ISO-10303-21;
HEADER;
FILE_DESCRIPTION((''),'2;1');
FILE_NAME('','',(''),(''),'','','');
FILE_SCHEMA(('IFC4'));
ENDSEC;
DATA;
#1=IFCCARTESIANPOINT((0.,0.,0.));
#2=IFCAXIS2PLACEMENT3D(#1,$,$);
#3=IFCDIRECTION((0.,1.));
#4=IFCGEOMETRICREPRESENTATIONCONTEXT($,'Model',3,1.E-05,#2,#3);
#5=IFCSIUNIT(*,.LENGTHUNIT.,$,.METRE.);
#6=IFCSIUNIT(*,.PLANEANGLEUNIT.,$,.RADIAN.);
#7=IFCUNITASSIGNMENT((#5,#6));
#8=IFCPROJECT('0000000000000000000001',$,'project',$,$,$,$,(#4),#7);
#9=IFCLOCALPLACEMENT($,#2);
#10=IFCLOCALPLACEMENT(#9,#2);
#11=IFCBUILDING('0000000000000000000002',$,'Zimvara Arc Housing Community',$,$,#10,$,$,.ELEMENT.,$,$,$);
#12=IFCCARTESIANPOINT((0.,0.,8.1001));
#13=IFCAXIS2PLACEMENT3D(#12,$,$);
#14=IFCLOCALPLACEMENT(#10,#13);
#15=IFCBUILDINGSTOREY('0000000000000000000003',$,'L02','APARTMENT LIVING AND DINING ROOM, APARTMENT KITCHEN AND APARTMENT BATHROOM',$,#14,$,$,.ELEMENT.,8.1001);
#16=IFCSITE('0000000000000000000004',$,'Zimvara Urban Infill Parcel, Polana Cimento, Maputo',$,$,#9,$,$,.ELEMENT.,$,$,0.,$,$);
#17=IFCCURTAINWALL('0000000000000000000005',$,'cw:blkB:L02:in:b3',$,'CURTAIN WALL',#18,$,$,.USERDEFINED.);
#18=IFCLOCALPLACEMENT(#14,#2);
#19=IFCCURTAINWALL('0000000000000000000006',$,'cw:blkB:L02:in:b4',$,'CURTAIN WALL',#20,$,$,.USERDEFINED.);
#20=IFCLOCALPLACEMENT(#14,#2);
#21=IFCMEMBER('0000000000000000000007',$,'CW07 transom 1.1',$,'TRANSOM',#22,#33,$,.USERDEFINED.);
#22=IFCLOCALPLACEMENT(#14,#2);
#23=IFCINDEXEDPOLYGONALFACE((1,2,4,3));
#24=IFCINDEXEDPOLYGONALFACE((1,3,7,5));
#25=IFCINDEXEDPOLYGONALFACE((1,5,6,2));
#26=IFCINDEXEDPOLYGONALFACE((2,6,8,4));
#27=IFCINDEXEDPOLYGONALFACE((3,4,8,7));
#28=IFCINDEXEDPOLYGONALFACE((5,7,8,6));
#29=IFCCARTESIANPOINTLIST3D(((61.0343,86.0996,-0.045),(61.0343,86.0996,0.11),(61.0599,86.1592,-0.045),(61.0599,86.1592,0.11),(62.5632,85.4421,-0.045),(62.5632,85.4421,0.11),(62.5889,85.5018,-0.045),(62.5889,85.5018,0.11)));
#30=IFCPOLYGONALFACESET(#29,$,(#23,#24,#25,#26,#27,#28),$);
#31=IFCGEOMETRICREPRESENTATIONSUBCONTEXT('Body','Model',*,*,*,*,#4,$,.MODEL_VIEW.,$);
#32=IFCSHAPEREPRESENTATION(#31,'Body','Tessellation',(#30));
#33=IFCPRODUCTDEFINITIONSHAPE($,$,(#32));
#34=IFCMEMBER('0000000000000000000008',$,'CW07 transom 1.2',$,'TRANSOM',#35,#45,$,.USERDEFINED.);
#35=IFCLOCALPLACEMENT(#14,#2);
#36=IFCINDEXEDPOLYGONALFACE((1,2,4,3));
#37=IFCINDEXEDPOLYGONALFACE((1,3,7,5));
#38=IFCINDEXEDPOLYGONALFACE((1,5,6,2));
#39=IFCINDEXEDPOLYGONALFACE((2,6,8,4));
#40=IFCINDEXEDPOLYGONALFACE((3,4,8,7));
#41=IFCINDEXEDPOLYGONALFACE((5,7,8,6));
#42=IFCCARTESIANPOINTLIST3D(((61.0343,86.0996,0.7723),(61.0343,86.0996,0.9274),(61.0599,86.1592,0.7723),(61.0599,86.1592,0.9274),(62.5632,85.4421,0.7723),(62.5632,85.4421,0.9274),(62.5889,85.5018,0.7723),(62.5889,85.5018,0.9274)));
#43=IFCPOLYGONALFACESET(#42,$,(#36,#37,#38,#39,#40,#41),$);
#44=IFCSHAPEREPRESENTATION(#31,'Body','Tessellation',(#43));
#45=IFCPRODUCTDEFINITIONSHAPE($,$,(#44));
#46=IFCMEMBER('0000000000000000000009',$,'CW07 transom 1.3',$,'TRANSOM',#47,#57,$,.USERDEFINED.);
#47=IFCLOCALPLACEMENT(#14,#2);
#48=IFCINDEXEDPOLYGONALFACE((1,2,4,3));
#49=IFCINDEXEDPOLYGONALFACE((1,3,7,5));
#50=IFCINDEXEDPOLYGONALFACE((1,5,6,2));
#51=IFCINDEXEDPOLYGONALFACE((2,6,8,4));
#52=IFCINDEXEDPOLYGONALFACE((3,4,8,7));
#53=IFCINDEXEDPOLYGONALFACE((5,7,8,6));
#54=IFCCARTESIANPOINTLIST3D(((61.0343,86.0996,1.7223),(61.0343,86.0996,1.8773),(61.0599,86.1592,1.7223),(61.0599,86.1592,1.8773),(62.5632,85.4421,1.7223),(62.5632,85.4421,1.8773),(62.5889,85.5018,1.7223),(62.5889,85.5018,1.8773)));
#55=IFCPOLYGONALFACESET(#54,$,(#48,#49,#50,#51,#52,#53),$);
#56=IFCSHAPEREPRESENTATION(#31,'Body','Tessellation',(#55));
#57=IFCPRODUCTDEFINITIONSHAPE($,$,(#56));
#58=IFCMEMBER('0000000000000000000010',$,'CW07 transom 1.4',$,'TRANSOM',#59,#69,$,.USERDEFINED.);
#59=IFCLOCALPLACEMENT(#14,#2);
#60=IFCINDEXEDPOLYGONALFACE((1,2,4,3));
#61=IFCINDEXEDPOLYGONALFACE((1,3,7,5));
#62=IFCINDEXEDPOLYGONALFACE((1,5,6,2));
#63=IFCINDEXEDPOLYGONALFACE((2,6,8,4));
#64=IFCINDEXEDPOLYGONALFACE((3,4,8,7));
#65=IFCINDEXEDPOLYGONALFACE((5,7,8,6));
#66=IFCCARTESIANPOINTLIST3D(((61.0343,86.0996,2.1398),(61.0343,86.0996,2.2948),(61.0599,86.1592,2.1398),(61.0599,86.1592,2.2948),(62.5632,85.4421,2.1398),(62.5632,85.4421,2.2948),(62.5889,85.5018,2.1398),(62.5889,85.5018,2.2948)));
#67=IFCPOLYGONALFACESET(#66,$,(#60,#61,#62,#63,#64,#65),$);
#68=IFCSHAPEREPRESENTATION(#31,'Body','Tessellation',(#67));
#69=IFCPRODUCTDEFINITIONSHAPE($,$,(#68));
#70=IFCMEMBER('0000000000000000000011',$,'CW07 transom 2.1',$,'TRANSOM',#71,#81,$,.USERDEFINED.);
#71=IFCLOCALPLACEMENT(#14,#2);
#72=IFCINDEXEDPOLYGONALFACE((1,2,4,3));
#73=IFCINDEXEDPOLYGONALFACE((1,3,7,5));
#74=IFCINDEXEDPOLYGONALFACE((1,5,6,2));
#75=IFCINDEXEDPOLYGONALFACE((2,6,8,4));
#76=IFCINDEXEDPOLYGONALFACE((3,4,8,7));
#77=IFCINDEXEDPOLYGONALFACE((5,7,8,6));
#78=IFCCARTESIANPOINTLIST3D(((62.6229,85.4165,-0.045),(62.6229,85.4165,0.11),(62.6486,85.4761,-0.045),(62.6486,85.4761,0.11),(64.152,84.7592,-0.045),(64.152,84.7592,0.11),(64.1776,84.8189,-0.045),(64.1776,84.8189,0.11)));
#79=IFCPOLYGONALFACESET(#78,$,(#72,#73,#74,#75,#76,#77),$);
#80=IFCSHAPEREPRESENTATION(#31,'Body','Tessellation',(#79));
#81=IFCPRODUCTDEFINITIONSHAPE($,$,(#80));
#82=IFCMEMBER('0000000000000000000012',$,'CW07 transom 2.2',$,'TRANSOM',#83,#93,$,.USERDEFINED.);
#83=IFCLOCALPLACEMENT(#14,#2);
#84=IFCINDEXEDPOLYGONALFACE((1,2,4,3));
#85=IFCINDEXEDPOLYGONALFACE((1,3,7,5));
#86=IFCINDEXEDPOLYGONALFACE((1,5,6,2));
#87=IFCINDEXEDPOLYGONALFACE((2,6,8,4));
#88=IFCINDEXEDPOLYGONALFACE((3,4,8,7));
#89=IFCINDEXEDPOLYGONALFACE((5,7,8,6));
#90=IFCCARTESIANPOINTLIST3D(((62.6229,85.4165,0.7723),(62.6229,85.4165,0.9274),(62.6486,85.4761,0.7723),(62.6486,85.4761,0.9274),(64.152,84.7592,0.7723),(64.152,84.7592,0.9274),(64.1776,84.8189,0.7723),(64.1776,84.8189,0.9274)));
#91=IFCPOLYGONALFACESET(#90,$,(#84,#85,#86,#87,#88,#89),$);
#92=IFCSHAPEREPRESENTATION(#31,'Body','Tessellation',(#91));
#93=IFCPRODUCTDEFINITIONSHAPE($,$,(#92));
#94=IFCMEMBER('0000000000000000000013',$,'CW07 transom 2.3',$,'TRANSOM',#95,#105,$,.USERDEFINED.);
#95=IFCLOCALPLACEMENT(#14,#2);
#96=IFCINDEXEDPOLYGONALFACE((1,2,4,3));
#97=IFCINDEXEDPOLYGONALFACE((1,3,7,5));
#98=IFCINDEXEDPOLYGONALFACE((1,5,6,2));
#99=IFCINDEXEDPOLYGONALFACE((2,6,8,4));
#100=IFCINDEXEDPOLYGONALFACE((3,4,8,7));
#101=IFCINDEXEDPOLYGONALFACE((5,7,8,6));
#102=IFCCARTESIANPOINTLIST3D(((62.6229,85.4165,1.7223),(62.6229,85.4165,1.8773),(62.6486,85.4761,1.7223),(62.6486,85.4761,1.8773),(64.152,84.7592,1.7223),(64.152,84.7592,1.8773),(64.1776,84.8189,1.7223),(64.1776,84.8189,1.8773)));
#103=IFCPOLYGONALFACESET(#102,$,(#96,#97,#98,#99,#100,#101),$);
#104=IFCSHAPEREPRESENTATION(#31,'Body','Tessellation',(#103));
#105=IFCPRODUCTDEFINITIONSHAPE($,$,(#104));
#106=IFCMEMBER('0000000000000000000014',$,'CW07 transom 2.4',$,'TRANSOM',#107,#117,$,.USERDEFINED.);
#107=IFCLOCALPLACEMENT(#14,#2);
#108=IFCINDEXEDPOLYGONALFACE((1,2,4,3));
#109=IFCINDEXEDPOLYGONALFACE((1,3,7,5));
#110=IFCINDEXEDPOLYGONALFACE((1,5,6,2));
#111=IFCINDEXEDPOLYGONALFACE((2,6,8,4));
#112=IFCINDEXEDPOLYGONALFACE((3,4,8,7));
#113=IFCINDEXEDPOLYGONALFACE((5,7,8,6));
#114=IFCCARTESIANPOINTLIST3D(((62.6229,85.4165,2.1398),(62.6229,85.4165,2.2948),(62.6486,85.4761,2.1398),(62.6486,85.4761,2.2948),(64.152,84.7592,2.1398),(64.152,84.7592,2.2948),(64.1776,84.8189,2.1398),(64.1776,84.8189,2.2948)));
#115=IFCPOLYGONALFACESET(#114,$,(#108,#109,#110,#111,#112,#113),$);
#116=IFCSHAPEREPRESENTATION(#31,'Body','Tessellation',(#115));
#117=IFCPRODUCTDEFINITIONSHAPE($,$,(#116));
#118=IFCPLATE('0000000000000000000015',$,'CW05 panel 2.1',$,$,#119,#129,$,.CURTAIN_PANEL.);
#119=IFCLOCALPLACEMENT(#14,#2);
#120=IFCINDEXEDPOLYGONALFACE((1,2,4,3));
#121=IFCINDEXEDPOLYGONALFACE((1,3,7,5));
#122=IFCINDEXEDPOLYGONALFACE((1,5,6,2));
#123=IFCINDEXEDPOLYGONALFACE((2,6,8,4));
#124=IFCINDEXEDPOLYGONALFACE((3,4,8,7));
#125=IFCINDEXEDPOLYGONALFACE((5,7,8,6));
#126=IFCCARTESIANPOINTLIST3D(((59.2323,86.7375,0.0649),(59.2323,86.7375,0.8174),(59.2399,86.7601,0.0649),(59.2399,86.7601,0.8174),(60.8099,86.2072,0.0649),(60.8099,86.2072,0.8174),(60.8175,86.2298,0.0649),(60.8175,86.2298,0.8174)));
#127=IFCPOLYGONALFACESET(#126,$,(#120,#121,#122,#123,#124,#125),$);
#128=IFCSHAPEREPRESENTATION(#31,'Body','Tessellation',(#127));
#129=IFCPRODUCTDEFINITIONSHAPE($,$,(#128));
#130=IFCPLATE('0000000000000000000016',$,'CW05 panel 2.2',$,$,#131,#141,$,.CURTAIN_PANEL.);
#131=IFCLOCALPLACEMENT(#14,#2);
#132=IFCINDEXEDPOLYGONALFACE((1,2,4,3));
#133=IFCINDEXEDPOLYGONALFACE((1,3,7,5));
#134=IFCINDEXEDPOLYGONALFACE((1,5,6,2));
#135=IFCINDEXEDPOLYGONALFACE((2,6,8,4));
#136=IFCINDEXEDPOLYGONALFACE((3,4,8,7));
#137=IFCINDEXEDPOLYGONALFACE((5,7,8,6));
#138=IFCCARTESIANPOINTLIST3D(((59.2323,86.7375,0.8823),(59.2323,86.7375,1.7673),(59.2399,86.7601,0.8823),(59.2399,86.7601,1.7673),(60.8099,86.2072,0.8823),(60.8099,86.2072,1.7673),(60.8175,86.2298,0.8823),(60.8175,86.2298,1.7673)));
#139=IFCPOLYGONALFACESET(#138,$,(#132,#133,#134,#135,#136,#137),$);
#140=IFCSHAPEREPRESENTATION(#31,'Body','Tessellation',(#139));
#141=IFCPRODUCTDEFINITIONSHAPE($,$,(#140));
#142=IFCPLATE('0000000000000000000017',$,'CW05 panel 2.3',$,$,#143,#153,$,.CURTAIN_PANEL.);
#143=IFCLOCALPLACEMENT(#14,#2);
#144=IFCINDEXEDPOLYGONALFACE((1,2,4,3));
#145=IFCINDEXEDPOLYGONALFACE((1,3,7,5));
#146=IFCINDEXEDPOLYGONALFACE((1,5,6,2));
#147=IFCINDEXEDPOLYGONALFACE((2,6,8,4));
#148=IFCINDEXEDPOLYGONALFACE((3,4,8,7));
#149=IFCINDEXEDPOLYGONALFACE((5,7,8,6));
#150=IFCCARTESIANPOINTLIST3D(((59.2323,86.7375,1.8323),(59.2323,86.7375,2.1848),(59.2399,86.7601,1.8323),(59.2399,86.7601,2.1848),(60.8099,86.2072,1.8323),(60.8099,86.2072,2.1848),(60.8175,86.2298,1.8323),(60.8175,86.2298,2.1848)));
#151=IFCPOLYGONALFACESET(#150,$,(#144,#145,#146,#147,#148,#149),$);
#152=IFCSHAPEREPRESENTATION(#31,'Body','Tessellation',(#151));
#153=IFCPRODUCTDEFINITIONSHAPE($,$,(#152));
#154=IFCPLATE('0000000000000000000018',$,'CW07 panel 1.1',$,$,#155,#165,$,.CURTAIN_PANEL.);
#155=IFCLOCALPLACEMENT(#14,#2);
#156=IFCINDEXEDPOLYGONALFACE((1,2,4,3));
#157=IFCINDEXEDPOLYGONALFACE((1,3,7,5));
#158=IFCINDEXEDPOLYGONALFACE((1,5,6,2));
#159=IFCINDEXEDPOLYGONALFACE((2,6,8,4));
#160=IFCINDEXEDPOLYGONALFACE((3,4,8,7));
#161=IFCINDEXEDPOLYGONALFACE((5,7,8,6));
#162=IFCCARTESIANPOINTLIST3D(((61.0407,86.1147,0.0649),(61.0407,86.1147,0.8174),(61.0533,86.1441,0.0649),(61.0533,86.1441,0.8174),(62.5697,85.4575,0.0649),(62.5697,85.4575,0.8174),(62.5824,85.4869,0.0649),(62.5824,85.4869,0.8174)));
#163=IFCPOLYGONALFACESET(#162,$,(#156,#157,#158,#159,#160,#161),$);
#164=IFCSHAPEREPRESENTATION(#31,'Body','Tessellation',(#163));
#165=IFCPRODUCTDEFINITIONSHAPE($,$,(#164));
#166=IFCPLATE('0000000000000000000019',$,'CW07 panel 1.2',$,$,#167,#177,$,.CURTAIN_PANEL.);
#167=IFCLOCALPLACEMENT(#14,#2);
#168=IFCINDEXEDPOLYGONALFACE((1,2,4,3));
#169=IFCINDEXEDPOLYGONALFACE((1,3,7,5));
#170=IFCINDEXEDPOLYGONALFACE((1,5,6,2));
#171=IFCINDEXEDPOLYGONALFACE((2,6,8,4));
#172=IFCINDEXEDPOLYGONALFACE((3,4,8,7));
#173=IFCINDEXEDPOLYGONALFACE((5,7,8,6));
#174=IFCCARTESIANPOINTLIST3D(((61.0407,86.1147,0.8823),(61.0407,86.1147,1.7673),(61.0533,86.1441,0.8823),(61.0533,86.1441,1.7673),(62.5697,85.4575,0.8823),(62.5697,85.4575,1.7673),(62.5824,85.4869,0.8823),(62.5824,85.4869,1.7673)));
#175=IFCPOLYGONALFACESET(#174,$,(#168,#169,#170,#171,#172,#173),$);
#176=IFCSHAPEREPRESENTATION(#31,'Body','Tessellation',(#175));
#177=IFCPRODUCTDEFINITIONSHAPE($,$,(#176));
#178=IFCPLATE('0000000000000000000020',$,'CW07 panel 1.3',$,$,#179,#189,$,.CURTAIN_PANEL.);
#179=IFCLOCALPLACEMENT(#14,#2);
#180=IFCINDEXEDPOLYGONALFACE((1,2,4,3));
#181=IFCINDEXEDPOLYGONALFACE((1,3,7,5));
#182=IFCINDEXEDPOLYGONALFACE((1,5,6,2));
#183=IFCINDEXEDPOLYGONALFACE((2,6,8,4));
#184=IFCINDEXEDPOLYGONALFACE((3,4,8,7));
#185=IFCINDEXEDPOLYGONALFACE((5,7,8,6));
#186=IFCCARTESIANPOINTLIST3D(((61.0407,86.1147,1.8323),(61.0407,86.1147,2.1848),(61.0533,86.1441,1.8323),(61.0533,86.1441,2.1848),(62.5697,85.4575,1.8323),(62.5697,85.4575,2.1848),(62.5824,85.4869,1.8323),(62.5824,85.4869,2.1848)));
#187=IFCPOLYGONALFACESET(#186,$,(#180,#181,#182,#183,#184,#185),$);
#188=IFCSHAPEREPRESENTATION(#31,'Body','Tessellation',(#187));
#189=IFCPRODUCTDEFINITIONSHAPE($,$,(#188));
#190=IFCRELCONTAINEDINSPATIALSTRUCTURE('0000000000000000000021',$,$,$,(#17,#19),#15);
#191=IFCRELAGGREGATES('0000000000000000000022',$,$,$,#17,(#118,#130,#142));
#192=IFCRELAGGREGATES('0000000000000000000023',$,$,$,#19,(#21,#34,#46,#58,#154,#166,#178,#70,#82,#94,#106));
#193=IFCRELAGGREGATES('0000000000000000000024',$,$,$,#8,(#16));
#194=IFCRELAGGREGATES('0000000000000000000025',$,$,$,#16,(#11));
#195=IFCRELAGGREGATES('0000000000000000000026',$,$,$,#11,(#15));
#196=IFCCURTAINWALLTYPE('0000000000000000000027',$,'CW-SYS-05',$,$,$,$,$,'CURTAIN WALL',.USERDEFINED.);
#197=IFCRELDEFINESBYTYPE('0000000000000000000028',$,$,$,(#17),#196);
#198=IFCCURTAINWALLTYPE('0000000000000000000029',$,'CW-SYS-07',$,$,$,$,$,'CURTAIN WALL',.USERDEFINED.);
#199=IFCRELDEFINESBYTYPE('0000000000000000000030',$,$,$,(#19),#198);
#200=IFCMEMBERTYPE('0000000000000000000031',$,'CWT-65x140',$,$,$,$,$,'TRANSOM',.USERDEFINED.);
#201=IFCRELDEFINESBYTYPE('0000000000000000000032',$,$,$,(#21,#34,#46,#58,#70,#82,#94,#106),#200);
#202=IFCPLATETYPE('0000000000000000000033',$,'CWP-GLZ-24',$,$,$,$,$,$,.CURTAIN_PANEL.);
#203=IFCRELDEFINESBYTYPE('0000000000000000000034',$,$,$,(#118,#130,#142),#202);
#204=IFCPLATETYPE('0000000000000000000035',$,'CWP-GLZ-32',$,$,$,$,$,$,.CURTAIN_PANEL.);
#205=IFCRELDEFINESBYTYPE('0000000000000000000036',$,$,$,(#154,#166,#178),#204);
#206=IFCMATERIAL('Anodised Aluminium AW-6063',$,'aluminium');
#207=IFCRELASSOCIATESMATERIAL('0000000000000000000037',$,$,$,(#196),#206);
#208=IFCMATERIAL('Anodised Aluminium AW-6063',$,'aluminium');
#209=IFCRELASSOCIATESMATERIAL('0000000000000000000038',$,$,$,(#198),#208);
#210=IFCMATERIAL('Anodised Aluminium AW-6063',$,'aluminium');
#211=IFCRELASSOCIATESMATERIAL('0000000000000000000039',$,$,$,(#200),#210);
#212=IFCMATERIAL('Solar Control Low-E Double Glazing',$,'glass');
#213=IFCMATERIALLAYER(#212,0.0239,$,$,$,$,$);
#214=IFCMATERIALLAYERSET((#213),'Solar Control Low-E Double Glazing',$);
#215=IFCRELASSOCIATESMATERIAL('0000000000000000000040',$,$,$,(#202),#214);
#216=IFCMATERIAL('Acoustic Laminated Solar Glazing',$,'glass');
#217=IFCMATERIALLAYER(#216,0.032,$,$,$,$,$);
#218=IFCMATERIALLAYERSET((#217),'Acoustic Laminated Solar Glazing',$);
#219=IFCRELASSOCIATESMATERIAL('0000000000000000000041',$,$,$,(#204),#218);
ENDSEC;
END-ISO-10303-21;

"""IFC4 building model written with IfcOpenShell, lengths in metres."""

from ifc_helpers import new_model, si_unit, direction, frame, origin, origin_2d, place, context, subcontext, project, spatial, rectangle, extrude, material, layer, layer_set, material_profile, profile_set, type_object, element, aggregate, save


model = new_model("IFC4")

# Units and contexts
model_context = context("Model", 3, precision=1e-05, world=origin(), true_north=direction((0.0, 1.0)))
body_context = subcontext(model_context, "Body", "Model", "MODEL_VIEW")
ifc_project = project(units=[si_unit("LENGTHUNIT", "METRE"), si_unit("PLANEANGLEUNIT", "RADIAN")], contexts=[model_context])

# Site, building, storey
site_placement = place(None, origin())
site = spatial("IfcSite", under=ifc_project, at=site_placement, Name="Zimvara Urban Infill Parcel, Polana Cimento, Maputo", CompositionType="ELEMENT", RefElevation=0.0)
building_placement = place(site_placement, origin())
building = spatial("IfcBuilding", under=site, at=building_placement, Name="Zimvara Arc Housing Community", CompositionType="ELEMENT")
storey_placement = place(building_placement, frame((0.0, 0.0, 8.1001)))
storey = spatial("IfcBuildingStorey", under=building, at=storey_placement, Name="L02", Description="APARTMENT LIVING AND DINING ROOM, APARTMENT KITCHEN AND APARTMENT BATHROOM", CompositionType="ELEMENT", Elevation=8.1001)

# Curtain wall
ifc_material_1 = material(Name="Anodised Aluminium AW-6063", Category="aluminium")
curtain_wall_type_1 = type_object("IfcCurtainWallType", Name="CW-SYS-05", ElementType="CURTAIN WALL", PredefinedType="USERDEFINED", material=ifc_material_1)
curtain_wall_1_placement = place(storey_placement, origin())
curtain_wall_1 = element("IfcCurtainWall", 1, at=curtain_wall_1_placement, inside=storey, type_object=curtain_wall_type_1, Name="cw:blkB:L02:in:b3", ObjectType="CURTAIN WALL", PredefinedType="USERDEFINED")

# Curtain wall
ifc_material_2 = material(Name="Anodised Aluminium AW-6063", Category="aluminium")
curtain_wall_type_2 = type_object("IfcCurtainWallType", Name="CW-SYS-07", ElementType="CURTAIN WALL", PredefinedType="USERDEFINED", material=ifc_material_2)
curtain_wall_2_placement = place(storey_placement, origin())
curtain_wall_2 = element("IfcCurtainWall", 2, at=curtain_wall_2_placement, inside=storey, type_object=curtain_wall_type_2, Name="cw:blkB:L02:in:b4", ObjectType="CURTAIN WALL", PredefinedType="USERDEFINED")

# Members
ifc_material_3 = material(Name="Anodised Aluminium AW-6063", Category="aluminium")
ifc_material_profile_1 = material_profile(ifc_material_3, rectangle(XDim=0.0649, YDim=0.155, at=origin_2d()), Name="ALU 65x155")
ifc_profile_set_1 = profile_set([ifc_material_profile_1], Name="Anodised Aluminium AW-6063")
member_type_1 = type_object("IfcMemberType", Name="CWT-65x140", ElementType="TRANSOM", PredefinedType="USERDEFINED", material=ifc_profile_set_1)
member_1_placement = place(storey_placement, frame((61.0471, 86.1294, 0.0325), z_axis=(0.918674, -0.395017, 0.0), x_axis=(0.395017, 0.918674, 0.0)))
member_1 = element("IfcMember", 3, at=member_1_placement, type_object=member_type_1, Name="CW07 transom 1.1", ObjectType="TRANSOM", PredefinedType="USERDEFINED", context=body_context, shape_type="SweptSolid", body=[
    extrude(rectangle(XDim=0.0649, YDim=0.155, at=origin_2d()), origin(), (0.0, 0.0, 1.0), 1.6643),
])
member_2_placement = place(storey_placement, frame((61.0471, 86.1294, 0.8499), z_axis=(0.918674, -0.395017, 0.0), x_axis=(0.395017, 0.918674, 0.0)))
member_2 = element("IfcMember", 4, at=member_2_placement, type_object=member_type_1, Name="CW07 transom 1.2", ObjectType="TRANSOM", PredefinedType="USERDEFINED", context=body_context, shape_type="SweptSolid", body=[
    extrude(rectangle(XDim=0.0649, YDim=0.155, at=origin_2d()), origin(), (0.0, 0.0, 1.0), 1.6643),
])
member_3_placement = place(storey_placement, frame((61.0471, 86.1294, 1.7998), z_axis=(0.918674, -0.395017, 0.0), x_axis=(0.395017, 0.918674, 0.0)))
member_3 = element("IfcMember", 5, at=member_3_placement, type_object=member_type_1, Name="CW07 transom 1.3", ObjectType="TRANSOM", PredefinedType="USERDEFINED", context=body_context, shape_type="SweptSolid", body=[
    extrude(rectangle(XDim=0.0649, YDim=0.155, at=origin_2d()), origin(), (0.0, 0.0, 1.0), 1.6643),
])
member_4_placement = place(storey_placement, frame((61.0471, 86.1294, 2.2173), z_axis=(0.918674, -0.395017, 0.0), x_axis=(0.395017, 0.918674, 0.0)))
member_4 = element("IfcMember", 6, at=member_4_placement, type_object=member_type_1, Name="CW07 transom 1.4", ObjectType="TRANSOM", PredefinedType="USERDEFINED", context=body_context, shape_type="SweptSolid", body=[
    extrude(rectangle(XDim=0.0649, YDim=0.155, at=origin_2d()), origin(), (0.0, 0.0, 1.0), 1.6643),
])
member_5_placement = place(storey_placement, frame((62.6357, 85.4463, 0.0325), z_axis=(0.918727, -0.394893, 0.0), x_axis=(0.394893, 0.918727, 0.0)))
member_5 = element("IfcMember", 7, at=member_5_placement, type_object=member_type_1, Name="CW07 transom 2.1", ObjectType="TRANSOM", PredefinedType="USERDEFINED", context=body_context, shape_type="SweptSolid", body=[
    extrude(rectangle(XDim=0.0649, YDim=0.155, at=origin_2d()), origin(), (0.0, 0.0, 1.0), 1.6643),
])
member_6_placement = place(storey_placement, frame((62.6357, 85.4463, 0.8499), z_axis=(0.918727, -0.394893, 0.0), x_axis=(0.394893, 0.918727, 0.0)))
member_6 = element("IfcMember", 8, at=member_6_placement, type_object=member_type_1, Name="CW07 transom 2.2", ObjectType="TRANSOM", PredefinedType="USERDEFINED", context=body_context, shape_type="SweptSolid", body=[
    extrude(rectangle(XDim=0.0649, YDim=0.155, at=origin_2d()), origin(), (0.0, 0.0, 1.0), 1.6643),
])
member_7_placement = place(storey_placement, frame((62.6357, 85.4463, 1.7998), z_axis=(0.918727, -0.394893, 0.0), x_axis=(0.394893, 0.918727, 0.0)))
member_7 = element("IfcMember", 9, at=member_7_placement, type_object=member_type_1, Name="CW07 transom 2.3", ObjectType="TRANSOM", PredefinedType="USERDEFINED", context=body_context, shape_type="SweptSolid", body=[
    extrude(rectangle(XDim=0.0649, YDim=0.155, at=origin_2d()), origin(), (0.0, 0.0, 1.0), 1.6643),
])
member_8_placement = place(storey_placement, frame((62.6357, 85.4463, 2.2173), z_axis=(0.918727, -0.394893, 0.0), x_axis=(0.394893, 0.918727, 0.0)))
member_8 = element("IfcMember", 10, at=member_8_placement, type_object=member_type_1, Name="CW07 transom 2.4", ObjectType="TRANSOM", PredefinedType="USERDEFINED", context=body_context, shape_type="SweptSolid", body=[
    extrude(rectangle(XDim=0.0649, YDim=0.155, at=origin_2d()), origin(), (0.0, 0.0, 1.0), 1.6643),
])

# Plates
ifc_material_4 = material(Name="Solar Control Low-E Double Glazing", Category="glass")
ifc_layer_1 = layer(ifc_material_4, 0.0239)
ifc_layer_set_1 = layer_set([ifc_layer_1], Name="Solar Control Low-E Double Glazing")
plate_type_1 = type_object("IfcPlateType", Name="CWP-GLZ-24", PredefinedType="CURTAIN_PANEL", material=ifc_layer_set_1)
plate_1_placement = place(storey_placement, frame((60.0249, 86.4836, 0.0649), z_axis=(0.0, 0.0, 1.0), x_axis=(0.947879, -0.31863, 0.0)))
plate_1 = element("IfcPlate", 11, at=plate_1_placement, type_object=plate_type_1, Name="CW05 panel 2.1", PredefinedType="CURTAIN_PANEL", context=body_context, shape_type="SweptSolid", body=[
    extrude(rectangle(XDim=1.6643, YDim=0.0239, at=origin_2d()), origin(), (0.0, 0.0, 1.0), 0.7524),
])
plate_2_placement = place(storey_placement, frame((60.0249, 86.4836, 0.8823), z_axis=(0.0, 0.0, 1.0), x_axis=(0.947879, -0.31863, 0.0)))
plate_2 = element("IfcPlate", 12, at=plate_2_placement, type_object=plate_type_1, Name="CW05 panel 2.2", PredefinedType="CURTAIN_PANEL", context=body_context, shape_type="SweptSolid", body=[
    extrude(rectangle(XDim=1.6643, YDim=0.0239, at=origin_2d()), origin(), (0.0, 0.0, 1.0), 0.885),
])
plate_3_placement = place(storey_placement, frame((60.0249, 86.4836, 1.8323), z_axis=(0.0, 0.0, 1.0), x_axis=(0.947879, -0.31863, 0.0)))
plate_3 = element("IfcPlate", 13, at=plate_3_placement, type_object=plate_type_1, Name="CW05 panel 2.3", PredefinedType="CURTAIN_PANEL", context=body_context, shape_type="SweptSolid", body=[
    extrude(rectangle(XDim=1.6643, YDim=0.0239, at=origin_2d()), origin(), (0.0, 0.0, 1.0), 0.3525),
])
aggregate(curtain_wall_1, [plate_1, plate_2, plate_3])
ifc_material_5 = material(Name="Acoustic Laminated Solar Glazing", Category="glass")
ifc_layer_2 = layer(ifc_material_5, 0.032)
ifc_layer_set_2 = layer_set([ifc_layer_2], Name="Acoustic Laminated Solar Glazing")
plate_type_2 = type_object("IfcPlateType", Name="CWP-GLZ-32", PredefinedType="CURTAIN_PANEL", material=ifc_layer_set_2)
plate_4_placement = place(storey_placement, frame((61.8115, 85.8008, 0.0649), z_axis=(0.0, 0.0, 1.0), x_axis=(0.918722, -0.394904, 0.0)))
plate_4 = element("IfcPlate", 14, at=plate_4_placement, type_object=plate_type_2, Name="CW07 panel 1.1", PredefinedType="CURTAIN_PANEL", context=body_context, shape_type="SweptSolid", body=[
    extrude(rectangle(XDim=1.6643, YDim=0.032, at=origin_2d()), origin(), (0.0, 0.0, 1.0), 0.7524),
])
plate_5_placement = place(storey_placement, frame((61.8115, 85.8008, 0.8823), z_axis=(0.0, 0.0, 1.0), x_axis=(0.918722, -0.394904, 0.0)))
plate_5 = element("IfcPlate", 15, at=plate_5_placement, type_object=plate_type_2, Name="CW07 panel 1.2", PredefinedType="CURTAIN_PANEL", context=body_context, shape_type="SweptSolid", body=[
    extrude(rectangle(XDim=1.6643, YDim=0.032, at=origin_2d()), origin(), (0.0, 0.0, 1.0), 0.885),
])
plate_6_placement = place(storey_placement, frame((61.8115, 85.8008, 1.8323), z_axis=(0.0, 0.0, 1.0), x_axis=(0.918722, -0.394904, 0.0)))
plate_6 = element("IfcPlate", 16, at=plate_6_placement, type_object=plate_type_2, Name="CW07 panel 1.3", PredefinedType="CURTAIN_PANEL", context=body_context, shape_type="SweptSolid", body=[
    extrude(rectangle(XDim=1.6643, YDim=0.032, at=origin_2d()), origin(), (0.0, 0.0, 1.0), 0.3525),
])
aggregate(curtain_wall_2, [member_1, member_2, member_3, member_4, plate_4, plate_5, plate_6, member_5, member_6, member_7, member_8])

save(model, "model.ifc")
